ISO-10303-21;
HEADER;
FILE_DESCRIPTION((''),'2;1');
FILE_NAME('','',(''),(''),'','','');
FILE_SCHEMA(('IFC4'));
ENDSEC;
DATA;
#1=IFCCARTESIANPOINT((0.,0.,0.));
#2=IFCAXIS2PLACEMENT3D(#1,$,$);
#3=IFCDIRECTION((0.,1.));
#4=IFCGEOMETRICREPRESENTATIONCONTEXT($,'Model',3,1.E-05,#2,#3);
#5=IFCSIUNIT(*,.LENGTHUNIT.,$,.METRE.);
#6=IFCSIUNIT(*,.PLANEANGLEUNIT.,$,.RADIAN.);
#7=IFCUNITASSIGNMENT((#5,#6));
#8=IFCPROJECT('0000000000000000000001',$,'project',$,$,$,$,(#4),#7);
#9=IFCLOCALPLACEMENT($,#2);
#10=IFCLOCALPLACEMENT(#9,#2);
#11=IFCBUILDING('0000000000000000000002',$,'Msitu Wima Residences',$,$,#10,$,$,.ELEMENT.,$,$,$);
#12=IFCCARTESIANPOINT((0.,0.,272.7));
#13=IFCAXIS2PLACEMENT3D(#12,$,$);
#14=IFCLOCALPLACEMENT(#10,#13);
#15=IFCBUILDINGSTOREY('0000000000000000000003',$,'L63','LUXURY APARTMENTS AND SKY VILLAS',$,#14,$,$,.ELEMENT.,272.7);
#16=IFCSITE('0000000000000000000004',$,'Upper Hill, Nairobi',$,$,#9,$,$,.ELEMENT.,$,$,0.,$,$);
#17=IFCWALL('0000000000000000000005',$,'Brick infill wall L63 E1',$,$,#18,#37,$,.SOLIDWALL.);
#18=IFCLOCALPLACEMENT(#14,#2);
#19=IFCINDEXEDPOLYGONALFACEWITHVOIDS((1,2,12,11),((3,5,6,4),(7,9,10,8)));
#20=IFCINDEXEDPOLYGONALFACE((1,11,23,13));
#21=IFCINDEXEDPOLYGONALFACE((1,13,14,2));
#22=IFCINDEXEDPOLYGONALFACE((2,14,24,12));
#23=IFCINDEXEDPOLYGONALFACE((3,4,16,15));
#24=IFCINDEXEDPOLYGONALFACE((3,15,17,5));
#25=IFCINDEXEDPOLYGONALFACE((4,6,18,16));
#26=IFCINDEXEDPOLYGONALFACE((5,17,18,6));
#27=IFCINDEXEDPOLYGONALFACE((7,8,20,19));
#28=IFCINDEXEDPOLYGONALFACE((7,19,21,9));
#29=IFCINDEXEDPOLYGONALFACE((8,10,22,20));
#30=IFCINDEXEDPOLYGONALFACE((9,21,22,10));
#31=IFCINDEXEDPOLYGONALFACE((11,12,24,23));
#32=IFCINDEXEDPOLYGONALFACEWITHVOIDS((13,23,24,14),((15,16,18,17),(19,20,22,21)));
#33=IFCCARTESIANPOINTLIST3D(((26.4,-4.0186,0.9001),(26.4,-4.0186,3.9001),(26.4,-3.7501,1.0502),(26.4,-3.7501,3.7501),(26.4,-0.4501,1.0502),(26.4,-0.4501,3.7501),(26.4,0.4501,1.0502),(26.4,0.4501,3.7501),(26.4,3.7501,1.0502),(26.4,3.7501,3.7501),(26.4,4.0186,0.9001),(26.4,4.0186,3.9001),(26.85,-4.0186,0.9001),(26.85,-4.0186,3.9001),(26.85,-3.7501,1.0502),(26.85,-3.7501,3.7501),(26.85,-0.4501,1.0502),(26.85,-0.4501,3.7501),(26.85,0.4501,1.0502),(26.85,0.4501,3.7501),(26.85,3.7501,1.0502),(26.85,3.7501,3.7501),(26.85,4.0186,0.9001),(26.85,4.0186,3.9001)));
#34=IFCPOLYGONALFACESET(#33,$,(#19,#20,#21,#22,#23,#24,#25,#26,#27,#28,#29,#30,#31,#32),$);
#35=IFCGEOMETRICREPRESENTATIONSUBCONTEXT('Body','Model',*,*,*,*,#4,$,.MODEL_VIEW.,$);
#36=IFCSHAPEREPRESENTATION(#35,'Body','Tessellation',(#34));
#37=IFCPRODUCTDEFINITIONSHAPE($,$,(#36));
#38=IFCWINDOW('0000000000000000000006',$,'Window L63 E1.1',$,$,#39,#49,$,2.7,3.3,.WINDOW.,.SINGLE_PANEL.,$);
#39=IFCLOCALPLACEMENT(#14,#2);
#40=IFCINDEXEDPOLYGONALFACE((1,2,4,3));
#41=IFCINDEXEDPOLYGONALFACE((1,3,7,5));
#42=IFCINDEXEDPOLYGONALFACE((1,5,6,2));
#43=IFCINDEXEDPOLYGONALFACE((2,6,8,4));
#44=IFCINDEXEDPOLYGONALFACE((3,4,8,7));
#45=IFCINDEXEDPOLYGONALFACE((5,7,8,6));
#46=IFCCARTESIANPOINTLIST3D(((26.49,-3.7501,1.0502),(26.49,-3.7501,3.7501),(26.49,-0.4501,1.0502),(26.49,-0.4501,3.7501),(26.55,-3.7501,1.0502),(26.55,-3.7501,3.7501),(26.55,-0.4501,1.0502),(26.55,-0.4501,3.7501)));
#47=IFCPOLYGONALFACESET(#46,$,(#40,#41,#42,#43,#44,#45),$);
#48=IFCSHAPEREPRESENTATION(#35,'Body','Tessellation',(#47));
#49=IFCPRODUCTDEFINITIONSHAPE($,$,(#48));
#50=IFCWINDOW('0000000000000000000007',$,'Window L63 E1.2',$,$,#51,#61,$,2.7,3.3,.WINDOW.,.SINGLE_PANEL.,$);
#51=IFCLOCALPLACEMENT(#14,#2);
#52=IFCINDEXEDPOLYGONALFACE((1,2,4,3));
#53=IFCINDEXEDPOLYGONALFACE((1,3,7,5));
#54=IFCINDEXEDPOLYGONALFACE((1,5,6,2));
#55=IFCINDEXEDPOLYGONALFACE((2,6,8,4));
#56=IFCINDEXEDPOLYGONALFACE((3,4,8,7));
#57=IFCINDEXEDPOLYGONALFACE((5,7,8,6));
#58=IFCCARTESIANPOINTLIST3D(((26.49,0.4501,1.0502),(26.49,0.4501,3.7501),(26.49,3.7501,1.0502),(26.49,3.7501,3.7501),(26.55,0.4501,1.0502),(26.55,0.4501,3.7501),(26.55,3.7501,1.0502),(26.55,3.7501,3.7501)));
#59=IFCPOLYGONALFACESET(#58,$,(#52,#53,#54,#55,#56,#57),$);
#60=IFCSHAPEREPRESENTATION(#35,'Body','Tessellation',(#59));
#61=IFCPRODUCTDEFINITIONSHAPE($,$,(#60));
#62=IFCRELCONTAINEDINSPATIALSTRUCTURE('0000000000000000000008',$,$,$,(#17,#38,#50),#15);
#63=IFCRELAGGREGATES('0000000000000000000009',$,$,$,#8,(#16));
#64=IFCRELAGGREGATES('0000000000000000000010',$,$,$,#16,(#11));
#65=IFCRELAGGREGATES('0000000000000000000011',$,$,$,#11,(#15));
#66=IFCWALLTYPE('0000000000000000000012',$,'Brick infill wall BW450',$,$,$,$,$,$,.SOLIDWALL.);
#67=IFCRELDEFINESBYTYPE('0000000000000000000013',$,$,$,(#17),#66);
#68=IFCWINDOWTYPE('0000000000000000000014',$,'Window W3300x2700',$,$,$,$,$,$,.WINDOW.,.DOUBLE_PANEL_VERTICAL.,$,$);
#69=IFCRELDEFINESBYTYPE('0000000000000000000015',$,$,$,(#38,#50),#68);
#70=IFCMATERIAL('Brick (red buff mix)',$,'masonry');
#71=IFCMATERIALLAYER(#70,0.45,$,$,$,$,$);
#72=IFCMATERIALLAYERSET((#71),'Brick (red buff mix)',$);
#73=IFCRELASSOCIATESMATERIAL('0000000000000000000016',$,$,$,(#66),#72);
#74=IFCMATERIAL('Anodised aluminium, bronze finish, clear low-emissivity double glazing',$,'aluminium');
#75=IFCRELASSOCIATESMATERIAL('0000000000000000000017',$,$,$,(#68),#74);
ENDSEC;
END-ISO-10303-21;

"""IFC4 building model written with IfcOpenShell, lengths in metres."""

from ifc_helpers import new_model, si_unit, direction, frame, frame_2d, origin, place, context, subcontext, project, spatial, rectangle, extrude, material, layer, layer_set, type_object, element, fill, save


model = new_model("IFC4")

# Units and contexts
model_context = context("Model", 3, precision=1e-05, world=origin(), true_north=direction((0.0, 1.0)))
body_context = subcontext(model_context, "Body", "Model", "MODEL_VIEW")
ifc_project = project(units=[si_unit("LENGTHUNIT", "METRE"), si_unit("PLANEANGLEUNIT", "RADIAN")], contexts=[model_context])

# Site, building, storey
site_placement = place(None, origin())
site = spatial("IfcSite", under=ifc_project, at=site_placement, Name="Upper Hill, Nairobi", CompositionType="ELEMENT", RefElevation=0.0)
building_placement = place(site_placement, origin())
building = spatial("IfcBuilding", under=site, at=building_placement, Name="Msitu Wima Residences", CompositionType="ELEMENT")
storey_placement = place(building_placement, frame((0.0, 0.0, 272.7)))
storey = spatial("IfcBuildingStorey", under=building, at=storey_placement, Name="L63", Description="LUXURY APARTMENTS AND SKY VILLAS", CompositionType="ELEMENT", Elevation=272.7)

# Shared definitions
ifc_material_1 = material(Name="Brick (red buff mix)", Category="masonry")
ifc_layer_1 = layer(ifc_material_1, 0.45)
ifc_layer_set_1 = layer_set([ifc_layer_1], Name="Brick (red buff mix)")
wall_type_1 = type_object("IfcWallType", Name="Brick infill wall BW450", PredefinedType="SOLIDWALL", material=ifc_layer_set_1)
ifc_material_2 = material(Name="Anodised aluminium, bronze finish, clear low-emissivity double glazing", Category="aluminium")
window_type = type_object("IfcWindowType", Name="Window W3300x2700", PartitioningType="DOUBLE_PANEL_VERTICAL", PredefinedType="WINDOW", material=ifc_material_2)

# Wall, openings, windows
wall_1_placement = place(storey_placement, frame((26.625, -4.0186, 0.9001), z_axis=(0.0, 0.0, 1.0), x_axis=(0.0, 1.0, 0.0)))
wall_1 = element("IfcWall", 1, at=wall_1_placement, inside=storey, type_object=wall_type_1, Name="Brick infill wall L63 E1", PredefinedType="SOLIDWALL", context=body_context, shape_type="SweptSolid", body=[
    extrude(rectangle(XDim=8.0371, YDim=0.45, at=frame_2d((4.0186, 0.0))), origin(), (0.0, 0.0, 1.0), 3.0),
])
opening_1_placement = place(wall_1_placement, frame((0.2686, 0.0, 0.1499)))
opening_1 = element("IfcOpeningElement", 2, at=opening_1_placement, cuts=wall_1, PredefinedType="OPENING", context=body_context, shape_type="SweptSolid", body=[
    extrude(rectangle(XDim=3.3, YDim=2.7, at=frame_2d((1.6499, 1.3501))), frame((0.0, 0.2349, 0.0), z_axis=(0.0, -1.0, 0.0), x_axis=(1.0, 0.0, 0.0)), (0.0, 0.0, 1.0), 0.47),
])
opening_2_placement = place(wall_1_placement, frame((4.4688, 0.0, 0.1499)))
opening_2 = element("IfcOpeningElement", 3, at=opening_2_placement, cuts=wall_1, PredefinedType="OPENING", context=body_context, shape_type="SweptSolid", body=[
    extrude(rectangle(XDim=3.3, YDim=2.7, at=frame_2d((1.6499, 1.3501))), frame((0.0, 0.2349, 0.0), z_axis=(0.0, -1.0, 0.0), x_axis=(1.0, 0.0, 0.0)), (0.0, 0.0, 1.0), 0.47),
])
window_1_placement = place(opening_1_placement, origin())
window_1 = element("IfcWindow", 4, at=window_1_placement, inside=storey, type_object=window_type, Name="Window L63 E1.1", OverallHeight=2.7, OverallWidth=3.3, PartitioningType="SINGLE_PANEL", PredefinedType="WINDOW", context=body_context, shape_type="SweptSolid", body=[
    extrude(rectangle(XDim=3.3, YDim=2.7, at=frame_2d((1.6499, 1.3501))), frame((0.0, 0.135, 0.0), z_axis=(0.0, -1.0, 0.0), x_axis=(1.0, 0.0, 0.0)), (0.0, 0.0, 1.0), 0.0601),
])
fill(opening_1, window_1)
window_2_placement = place(opening_2_placement, origin())
window_2 = element("IfcWindow", 5, at=window_2_placement, inside=storey, type_object=window_type, Name="Window L63 E1.2", OverallHeight=2.7, OverallWidth=3.3, PartitioningType="SINGLE_PANEL", PredefinedType="WINDOW", context=body_context, shape_type="SweptSolid", body=[
    extrude(rectangle(XDim=3.3, YDim=2.7, at=frame_2d((1.6499, 1.3501))), frame((0.0, 0.135, 0.0), z_axis=(0.0, -1.0, 0.0), x_axis=(1.0, 0.0, 0.0)), (0.0, 0.0, 1.0), 0.0601),
])
fill(opening_2, window_2)

save(model, "model.ifc")
